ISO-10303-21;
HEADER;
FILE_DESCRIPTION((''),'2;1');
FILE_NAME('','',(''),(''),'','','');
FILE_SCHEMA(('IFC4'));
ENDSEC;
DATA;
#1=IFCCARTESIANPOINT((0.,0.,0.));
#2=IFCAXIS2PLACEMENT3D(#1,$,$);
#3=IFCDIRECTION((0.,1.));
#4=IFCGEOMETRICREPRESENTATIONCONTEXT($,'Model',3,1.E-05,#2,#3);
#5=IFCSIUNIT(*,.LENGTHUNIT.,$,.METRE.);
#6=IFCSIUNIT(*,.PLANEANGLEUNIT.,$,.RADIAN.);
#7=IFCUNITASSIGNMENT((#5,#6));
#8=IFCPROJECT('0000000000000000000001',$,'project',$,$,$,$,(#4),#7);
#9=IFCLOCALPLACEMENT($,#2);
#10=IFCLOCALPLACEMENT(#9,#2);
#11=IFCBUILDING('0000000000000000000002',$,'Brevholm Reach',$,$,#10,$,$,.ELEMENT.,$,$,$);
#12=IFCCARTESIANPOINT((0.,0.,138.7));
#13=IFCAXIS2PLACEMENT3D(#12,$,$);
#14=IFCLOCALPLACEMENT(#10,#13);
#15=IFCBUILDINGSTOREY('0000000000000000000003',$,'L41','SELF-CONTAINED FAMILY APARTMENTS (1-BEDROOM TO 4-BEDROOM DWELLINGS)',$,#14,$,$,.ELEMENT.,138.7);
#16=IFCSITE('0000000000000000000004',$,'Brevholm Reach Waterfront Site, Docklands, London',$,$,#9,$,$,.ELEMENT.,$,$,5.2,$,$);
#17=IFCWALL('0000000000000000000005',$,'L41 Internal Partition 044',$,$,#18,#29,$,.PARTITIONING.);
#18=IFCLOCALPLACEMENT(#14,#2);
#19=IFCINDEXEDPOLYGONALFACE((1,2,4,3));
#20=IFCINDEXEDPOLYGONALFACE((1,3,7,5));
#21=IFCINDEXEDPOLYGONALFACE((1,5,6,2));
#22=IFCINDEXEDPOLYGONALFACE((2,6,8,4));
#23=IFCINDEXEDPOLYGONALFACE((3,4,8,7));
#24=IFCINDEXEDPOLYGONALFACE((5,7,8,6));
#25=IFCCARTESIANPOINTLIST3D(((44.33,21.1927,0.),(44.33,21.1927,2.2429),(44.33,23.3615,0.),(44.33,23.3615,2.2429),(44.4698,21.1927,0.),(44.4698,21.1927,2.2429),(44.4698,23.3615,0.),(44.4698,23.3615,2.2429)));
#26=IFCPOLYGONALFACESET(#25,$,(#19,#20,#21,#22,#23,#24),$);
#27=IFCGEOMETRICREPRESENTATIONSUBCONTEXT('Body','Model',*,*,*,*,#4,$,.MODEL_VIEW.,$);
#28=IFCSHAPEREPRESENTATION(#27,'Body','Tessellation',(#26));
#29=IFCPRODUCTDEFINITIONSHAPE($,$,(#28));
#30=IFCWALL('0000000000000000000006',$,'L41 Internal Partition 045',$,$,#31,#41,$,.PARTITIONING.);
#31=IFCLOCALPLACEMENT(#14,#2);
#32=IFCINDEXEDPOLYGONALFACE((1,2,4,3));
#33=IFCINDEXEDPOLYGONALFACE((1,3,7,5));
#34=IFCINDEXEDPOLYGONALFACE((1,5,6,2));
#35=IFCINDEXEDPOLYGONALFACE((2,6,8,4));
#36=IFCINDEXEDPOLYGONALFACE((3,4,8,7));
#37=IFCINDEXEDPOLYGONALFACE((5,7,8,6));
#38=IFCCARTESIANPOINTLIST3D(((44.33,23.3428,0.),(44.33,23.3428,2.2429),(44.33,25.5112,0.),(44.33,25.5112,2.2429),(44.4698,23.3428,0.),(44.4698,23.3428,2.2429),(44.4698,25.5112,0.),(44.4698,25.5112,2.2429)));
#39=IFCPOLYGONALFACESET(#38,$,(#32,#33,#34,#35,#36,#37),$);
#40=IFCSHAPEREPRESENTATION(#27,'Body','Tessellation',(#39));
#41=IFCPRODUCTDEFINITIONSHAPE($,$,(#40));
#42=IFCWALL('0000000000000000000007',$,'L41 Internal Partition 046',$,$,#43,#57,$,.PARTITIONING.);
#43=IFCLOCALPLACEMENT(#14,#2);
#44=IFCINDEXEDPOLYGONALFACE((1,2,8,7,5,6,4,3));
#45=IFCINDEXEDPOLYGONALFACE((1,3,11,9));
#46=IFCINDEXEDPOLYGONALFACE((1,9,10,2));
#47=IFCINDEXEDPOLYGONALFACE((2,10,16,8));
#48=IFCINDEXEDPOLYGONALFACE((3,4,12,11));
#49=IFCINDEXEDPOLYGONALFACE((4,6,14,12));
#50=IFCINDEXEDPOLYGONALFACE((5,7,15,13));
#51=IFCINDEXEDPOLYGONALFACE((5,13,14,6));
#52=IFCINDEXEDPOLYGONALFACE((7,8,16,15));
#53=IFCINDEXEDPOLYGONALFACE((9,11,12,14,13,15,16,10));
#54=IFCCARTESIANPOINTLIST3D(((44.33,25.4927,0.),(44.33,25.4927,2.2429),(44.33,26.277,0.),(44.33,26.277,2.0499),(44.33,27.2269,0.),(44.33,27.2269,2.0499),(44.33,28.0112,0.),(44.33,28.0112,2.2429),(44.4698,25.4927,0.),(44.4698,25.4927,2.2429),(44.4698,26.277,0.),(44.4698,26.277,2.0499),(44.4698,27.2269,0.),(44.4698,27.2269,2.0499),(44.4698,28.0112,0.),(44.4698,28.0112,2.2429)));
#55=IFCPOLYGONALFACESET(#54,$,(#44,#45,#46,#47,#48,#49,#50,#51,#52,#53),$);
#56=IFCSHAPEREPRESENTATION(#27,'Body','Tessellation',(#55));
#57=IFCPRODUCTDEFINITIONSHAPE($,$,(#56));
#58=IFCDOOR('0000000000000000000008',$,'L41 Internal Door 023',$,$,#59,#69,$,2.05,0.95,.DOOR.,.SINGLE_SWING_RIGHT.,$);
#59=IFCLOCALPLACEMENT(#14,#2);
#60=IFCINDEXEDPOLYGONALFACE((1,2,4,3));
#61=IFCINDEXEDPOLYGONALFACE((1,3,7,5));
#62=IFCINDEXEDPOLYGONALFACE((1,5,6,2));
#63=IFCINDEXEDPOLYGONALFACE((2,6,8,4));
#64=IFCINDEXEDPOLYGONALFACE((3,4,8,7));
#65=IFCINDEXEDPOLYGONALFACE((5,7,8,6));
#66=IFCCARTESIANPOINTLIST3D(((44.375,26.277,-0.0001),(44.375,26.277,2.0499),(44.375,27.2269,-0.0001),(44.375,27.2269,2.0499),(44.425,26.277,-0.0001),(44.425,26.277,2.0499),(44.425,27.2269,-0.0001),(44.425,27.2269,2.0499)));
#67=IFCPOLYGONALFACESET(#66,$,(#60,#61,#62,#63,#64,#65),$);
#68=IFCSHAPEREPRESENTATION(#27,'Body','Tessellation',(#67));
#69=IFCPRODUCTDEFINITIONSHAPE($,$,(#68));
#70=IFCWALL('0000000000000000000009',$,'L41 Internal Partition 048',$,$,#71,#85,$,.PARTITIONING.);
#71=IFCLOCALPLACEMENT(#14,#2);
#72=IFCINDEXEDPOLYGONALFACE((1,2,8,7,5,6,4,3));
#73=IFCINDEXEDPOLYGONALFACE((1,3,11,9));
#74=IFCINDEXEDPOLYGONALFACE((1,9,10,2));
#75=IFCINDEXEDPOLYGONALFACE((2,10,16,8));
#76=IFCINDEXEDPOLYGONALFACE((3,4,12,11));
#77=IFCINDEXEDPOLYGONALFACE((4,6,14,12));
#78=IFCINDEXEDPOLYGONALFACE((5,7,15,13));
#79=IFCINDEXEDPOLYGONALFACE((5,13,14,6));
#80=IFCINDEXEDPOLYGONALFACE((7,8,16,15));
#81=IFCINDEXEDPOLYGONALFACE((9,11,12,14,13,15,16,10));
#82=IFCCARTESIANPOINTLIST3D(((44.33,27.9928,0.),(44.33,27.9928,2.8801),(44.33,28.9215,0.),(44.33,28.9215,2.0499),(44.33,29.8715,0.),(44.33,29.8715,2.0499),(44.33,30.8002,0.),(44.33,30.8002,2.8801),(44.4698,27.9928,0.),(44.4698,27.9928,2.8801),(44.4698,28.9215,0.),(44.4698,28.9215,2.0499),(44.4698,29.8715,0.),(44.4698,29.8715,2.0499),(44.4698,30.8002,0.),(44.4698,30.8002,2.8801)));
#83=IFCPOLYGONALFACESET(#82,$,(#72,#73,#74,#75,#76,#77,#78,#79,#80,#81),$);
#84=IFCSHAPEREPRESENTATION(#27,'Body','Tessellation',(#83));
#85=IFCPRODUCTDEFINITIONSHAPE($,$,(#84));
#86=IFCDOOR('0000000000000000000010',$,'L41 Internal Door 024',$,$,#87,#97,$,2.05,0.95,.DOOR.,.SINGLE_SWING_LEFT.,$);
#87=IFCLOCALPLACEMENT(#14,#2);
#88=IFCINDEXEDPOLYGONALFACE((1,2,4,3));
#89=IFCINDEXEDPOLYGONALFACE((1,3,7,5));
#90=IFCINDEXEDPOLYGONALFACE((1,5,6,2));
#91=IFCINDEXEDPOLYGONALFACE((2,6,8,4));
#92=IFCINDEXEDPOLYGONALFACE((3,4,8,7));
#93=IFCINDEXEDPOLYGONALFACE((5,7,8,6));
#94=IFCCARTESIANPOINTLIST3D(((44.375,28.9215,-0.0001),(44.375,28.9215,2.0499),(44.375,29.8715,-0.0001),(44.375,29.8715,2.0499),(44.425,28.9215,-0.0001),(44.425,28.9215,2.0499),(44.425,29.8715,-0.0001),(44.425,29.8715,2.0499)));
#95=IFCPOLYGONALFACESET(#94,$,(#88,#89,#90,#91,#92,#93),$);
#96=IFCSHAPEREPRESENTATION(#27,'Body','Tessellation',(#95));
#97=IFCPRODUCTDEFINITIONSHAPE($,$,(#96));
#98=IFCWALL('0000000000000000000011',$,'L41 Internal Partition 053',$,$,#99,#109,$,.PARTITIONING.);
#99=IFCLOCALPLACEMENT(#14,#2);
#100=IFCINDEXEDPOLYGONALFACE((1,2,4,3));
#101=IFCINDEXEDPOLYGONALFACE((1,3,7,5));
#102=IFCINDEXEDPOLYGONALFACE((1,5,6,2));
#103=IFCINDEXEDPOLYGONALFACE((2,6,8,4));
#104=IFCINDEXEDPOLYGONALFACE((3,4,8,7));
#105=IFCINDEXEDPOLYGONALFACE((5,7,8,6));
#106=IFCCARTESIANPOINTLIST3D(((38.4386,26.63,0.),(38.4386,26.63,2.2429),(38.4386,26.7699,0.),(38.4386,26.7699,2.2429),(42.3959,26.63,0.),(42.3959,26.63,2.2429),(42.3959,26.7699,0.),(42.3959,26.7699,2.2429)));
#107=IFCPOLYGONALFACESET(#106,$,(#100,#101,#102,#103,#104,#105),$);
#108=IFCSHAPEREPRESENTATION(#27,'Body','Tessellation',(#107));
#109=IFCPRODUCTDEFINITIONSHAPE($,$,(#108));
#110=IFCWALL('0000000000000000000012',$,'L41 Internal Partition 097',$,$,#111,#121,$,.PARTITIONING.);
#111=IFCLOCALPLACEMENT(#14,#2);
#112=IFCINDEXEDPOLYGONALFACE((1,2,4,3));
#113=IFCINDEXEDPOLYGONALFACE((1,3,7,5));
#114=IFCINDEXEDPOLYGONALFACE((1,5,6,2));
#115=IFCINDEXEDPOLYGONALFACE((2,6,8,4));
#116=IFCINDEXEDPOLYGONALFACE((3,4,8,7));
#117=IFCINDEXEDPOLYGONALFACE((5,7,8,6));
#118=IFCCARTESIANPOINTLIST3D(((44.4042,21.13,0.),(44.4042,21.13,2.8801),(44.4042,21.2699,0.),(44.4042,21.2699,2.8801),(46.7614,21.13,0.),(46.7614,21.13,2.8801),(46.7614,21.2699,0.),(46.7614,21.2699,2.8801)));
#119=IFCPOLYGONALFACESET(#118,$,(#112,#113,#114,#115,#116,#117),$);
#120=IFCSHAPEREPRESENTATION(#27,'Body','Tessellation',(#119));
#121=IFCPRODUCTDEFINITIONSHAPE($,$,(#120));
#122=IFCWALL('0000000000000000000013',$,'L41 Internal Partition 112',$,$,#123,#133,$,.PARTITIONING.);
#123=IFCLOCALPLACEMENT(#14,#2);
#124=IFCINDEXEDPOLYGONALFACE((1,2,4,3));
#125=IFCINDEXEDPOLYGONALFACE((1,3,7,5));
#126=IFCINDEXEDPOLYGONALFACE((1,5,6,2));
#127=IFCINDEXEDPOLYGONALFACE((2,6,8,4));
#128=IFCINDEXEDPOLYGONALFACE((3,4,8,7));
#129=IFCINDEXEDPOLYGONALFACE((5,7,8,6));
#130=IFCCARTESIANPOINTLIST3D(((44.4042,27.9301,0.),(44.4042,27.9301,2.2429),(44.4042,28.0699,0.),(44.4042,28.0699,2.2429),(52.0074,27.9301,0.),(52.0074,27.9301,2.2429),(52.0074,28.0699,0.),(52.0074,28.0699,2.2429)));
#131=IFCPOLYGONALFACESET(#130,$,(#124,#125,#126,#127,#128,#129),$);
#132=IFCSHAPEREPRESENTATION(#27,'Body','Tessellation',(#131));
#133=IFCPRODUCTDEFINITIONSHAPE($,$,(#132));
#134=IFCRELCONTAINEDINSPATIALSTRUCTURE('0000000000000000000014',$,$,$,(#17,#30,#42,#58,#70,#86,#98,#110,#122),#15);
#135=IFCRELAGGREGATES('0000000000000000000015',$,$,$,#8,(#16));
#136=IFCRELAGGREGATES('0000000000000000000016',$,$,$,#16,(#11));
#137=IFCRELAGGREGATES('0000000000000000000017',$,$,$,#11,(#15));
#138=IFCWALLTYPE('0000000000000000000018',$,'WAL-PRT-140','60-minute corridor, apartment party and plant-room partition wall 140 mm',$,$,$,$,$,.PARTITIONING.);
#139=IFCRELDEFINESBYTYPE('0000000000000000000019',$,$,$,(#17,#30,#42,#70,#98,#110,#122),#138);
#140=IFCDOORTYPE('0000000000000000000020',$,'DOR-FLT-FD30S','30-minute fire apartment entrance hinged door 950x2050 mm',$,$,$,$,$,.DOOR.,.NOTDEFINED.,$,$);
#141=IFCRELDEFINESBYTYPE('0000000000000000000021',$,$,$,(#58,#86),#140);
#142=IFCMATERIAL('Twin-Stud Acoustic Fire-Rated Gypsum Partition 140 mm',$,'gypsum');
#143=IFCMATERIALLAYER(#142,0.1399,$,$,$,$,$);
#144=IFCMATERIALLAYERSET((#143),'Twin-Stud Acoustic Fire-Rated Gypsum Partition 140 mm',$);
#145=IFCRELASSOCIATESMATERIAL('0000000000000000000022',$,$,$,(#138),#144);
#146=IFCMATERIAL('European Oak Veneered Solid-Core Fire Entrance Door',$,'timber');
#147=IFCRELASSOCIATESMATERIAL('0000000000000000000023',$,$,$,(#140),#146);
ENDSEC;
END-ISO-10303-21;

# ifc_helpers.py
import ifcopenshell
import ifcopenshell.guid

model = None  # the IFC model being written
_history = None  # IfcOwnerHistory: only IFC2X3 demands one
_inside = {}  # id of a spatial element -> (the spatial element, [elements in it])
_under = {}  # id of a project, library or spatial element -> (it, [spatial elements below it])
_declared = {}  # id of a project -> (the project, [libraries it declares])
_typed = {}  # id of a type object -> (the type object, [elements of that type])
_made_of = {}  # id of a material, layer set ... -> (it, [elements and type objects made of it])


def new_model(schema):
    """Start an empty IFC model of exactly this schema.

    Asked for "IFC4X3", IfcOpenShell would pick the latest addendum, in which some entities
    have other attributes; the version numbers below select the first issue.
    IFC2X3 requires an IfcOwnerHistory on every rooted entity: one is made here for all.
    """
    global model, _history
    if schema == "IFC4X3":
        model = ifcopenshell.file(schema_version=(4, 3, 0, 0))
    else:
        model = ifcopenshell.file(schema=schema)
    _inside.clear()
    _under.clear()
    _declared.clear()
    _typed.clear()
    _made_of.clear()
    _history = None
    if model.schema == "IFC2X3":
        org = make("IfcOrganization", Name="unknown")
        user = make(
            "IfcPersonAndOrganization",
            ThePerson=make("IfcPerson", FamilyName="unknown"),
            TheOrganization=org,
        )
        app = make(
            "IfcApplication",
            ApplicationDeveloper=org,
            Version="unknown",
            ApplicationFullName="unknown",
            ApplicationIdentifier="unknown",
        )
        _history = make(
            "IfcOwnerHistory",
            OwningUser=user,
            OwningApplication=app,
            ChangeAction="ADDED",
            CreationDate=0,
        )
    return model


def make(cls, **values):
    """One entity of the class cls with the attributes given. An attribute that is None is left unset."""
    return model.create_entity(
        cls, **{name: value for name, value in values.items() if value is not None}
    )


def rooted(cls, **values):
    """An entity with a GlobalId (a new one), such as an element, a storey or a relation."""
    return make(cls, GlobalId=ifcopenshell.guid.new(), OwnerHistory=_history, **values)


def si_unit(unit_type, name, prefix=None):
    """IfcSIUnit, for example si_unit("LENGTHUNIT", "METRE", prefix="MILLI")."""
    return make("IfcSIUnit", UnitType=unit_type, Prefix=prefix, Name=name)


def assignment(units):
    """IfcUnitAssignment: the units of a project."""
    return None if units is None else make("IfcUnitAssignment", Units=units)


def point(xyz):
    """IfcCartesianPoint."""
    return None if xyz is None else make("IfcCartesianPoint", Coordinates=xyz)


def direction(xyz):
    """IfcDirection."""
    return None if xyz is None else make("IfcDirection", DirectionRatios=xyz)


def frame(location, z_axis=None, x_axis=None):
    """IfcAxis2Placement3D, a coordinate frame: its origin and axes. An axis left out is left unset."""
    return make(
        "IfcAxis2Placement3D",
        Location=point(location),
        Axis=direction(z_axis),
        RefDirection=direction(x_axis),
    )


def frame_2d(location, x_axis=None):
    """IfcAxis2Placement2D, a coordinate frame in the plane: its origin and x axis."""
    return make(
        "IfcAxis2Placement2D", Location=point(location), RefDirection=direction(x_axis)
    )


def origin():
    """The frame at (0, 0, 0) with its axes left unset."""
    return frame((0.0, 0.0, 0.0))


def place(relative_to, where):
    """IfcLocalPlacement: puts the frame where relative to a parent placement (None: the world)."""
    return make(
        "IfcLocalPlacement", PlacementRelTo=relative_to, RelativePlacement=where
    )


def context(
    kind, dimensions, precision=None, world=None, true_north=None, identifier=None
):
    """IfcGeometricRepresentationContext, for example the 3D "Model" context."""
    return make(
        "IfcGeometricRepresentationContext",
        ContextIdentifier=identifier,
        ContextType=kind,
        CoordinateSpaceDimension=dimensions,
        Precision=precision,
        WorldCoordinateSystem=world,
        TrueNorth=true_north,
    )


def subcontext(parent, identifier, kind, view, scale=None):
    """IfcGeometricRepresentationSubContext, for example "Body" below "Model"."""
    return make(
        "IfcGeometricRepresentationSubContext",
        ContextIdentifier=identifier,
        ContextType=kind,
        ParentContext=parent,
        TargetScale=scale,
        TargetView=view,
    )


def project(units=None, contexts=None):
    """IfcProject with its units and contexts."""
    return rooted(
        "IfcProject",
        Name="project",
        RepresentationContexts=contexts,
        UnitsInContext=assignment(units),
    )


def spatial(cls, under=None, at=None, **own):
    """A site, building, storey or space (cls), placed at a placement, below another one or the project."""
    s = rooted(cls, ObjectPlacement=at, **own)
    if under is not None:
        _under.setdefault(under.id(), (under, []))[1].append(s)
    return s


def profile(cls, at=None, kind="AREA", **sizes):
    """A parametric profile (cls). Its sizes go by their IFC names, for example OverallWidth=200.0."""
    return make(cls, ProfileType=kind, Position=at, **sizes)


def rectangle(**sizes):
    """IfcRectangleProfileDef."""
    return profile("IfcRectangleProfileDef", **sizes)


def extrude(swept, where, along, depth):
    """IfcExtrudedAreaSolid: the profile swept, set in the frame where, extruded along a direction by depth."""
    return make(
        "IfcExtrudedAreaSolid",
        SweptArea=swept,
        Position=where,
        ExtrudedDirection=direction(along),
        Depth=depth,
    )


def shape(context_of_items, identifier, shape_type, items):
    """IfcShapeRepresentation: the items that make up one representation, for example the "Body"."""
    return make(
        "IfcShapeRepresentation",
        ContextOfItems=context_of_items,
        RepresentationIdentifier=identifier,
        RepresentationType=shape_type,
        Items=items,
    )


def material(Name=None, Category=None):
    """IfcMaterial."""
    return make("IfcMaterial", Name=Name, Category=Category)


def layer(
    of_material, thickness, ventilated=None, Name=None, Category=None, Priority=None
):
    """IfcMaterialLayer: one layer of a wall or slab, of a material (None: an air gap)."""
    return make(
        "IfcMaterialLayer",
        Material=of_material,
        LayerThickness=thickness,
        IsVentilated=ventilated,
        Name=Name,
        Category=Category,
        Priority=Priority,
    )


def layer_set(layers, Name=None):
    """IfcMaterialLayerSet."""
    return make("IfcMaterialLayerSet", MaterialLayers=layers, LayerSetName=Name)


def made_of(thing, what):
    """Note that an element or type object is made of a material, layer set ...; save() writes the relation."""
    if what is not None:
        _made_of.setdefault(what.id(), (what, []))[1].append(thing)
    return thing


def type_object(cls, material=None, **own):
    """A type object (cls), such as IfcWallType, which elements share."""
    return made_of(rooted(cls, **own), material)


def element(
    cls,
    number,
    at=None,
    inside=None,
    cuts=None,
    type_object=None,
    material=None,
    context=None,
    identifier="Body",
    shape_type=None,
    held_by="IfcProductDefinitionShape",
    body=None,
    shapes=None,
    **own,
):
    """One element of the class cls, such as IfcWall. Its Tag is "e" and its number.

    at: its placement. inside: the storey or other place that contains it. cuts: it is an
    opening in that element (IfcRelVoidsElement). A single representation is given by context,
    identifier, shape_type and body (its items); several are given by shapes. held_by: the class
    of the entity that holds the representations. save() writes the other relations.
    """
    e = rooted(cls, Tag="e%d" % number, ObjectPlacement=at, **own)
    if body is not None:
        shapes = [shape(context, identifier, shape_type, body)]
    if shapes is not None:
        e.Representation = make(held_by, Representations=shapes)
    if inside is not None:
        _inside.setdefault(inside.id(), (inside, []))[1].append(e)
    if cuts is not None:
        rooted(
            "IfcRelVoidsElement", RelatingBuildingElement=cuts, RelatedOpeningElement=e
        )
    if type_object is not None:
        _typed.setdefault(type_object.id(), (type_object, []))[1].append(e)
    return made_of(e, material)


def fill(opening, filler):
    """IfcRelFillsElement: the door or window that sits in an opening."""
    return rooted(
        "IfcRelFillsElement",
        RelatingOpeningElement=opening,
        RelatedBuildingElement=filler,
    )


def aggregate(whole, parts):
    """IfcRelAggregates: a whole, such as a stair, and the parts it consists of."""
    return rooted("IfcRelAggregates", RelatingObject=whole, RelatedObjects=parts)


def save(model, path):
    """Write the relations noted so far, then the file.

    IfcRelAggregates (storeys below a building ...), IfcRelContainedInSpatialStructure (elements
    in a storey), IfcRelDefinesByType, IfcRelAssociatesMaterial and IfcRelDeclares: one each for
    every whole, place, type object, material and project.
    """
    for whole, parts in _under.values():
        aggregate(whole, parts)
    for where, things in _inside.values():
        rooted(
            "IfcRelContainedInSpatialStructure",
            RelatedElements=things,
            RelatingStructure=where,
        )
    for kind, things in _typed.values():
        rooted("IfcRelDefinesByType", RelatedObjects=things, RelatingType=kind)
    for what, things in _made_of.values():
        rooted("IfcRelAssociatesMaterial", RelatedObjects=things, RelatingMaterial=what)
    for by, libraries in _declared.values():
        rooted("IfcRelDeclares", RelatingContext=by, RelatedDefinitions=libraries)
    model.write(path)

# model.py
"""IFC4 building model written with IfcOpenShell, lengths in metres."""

from ifc_helpers import new_model, si_unit, direction, frame, frame_2d, origin, place, context, subcontext, project, spatial, rectangle, extrude, material, layer, layer_set, type_object, element, fill, save


model = new_model("IFC4")

# Units and contexts
model_context = context("Model", 3, precision=1e-05, world=origin(), true_north=direction((0.0, 1.0)))
body_context = subcontext(model_context, "Body", "Model", "MODEL_VIEW")
ifc_project = project(units=[si_unit("LENGTHUNIT", "METRE"), si_unit("PLANEANGLEUNIT", "RADIAN")], contexts=[model_context])

# Site, building, storey
site_placement = place(None, origin())
site = spatial("IfcSite", under=ifc_project, at=site_placement, Name="Brevholm Reach Waterfront Site, Docklands, London", CompositionType="ELEMENT", RefElevation=5.2)
building_placement = place(site_placement, origin())
building = spatial("IfcBuilding", under=site, at=building_placement, Name="Brevholm Reach", CompositionType="ELEMENT")
storey_placement = place(building_placement, frame((0.0, 0.0, 138.7)))
storey = spatial("IfcBuildingStorey", under=building, at=storey_placement, Name="L41", Description="SELF-CONTAINED FAMILY APARTMENTS (1-BEDROOM TO 4-BEDROOM DWELLINGS)", CompositionType="ELEMENT", Elevation=138.7)

# Walls
ifc_material_1 = material(Name="Twin-Stud Acoustic Fire-Rated Gypsum Partition 140 mm", Category="gypsum")
ifc_layer_1 = layer(ifc_material_1, 0.1399)
ifc_layer_set_1 = layer_set([ifc_layer_1], Name="Twin-Stud Acoustic Fire-Rated Gypsum Partition 140 mm")
wall_type_1 = type_object("IfcWallType", Name="WAL-PRT-140", Description="60-minute corridor, apartment party and plant-room partition wall 140 mm", PredefinedType="PARTITIONING", material=ifc_layer_set_1)
wall_1_placement = place(storey_placement, frame((44.3999, 21.1926, 0.0), z_axis=(0.0, 0.0, 1.0), x_axis=(0.0, 1.0, 0.0)))
element("IfcWall", 1, at=wall_1_placement, inside=storey, type_object=wall_type_1, Name="L41 Internal Partition 044", PredefinedType="PARTITIONING", context=body_context, shape_type="SweptSolid", body=[
    extrude(rectangle(XDim=2.1687, YDim=0.1399, at=frame_2d((1.0845, 0.0))), origin(), (0.0, 0.0, 1.0), 2.2429),
])
wall_2_placement = place(storey_placement, frame((44.3999, 23.3428, 0.0), z_axis=(0.0, 0.0, 1.0), x_axis=(0.0, 1.0, 0.0)))
element("IfcWall", 2, at=wall_2_placement, inside=storey, type_object=wall_type_1, Name="L41 Internal Partition 045", PredefinedType="PARTITIONING", context=body_context, shape_type="SweptSolid", body=[
    extrude(rectangle(XDim=2.1685, YDim=0.1399, at=frame_2d((1.0842, 0.0))), origin(), (0.0, 0.0, 1.0), 2.2429),
])

# Walls, openings, doors
wall_3_placement = place(storey_placement, frame((44.3999, 25.4927, 0.0), z_axis=(0.0, 0.0, 1.0), x_axis=(0.0, 1.0, 0.0)))
wall_3 = element("IfcWall", 3, at=wall_3_placement, inside=storey, type_object=wall_type_1, Name="L41 Internal Partition 046", PredefinedType="PARTITIONING", context=body_context, shape_type="SweptSolid", body=[
    extrude(rectangle(XDim=2.5186, YDim=0.1399, at=frame_2d((1.2593, 0.0))), origin(), (0.0, 0.0, 1.0), 2.2429),
])
opening_1_placement = place(wall_3_placement, frame((0.7842, 0.0, 0.0)))
opening_1 = element("IfcOpeningElement", 4, at=opening_1_placement, cuts=wall_3, PredefinedType="OPENING", context=body_context, shape_type="SweptSolid", body=[
    extrude(rectangle(XDim=0.95, YDim=2.05, at=frame_2d((0.4751, 1.0249))), frame((0.0, 0.0798, 0.0), z_axis=(0.0, -1.0, 0.0), x_axis=(1.0, 0.0, 0.0)), (0.0, 0.0, 1.0), 0.1599),
])
ifc_material_2 = material(Name="European Oak Veneered Solid-Core Fire Entrance Door", Category="timber")
door_type_1 = type_object("IfcDoorType", Name="DOR-FLT-FD30S", Description="30-minute fire apartment entrance hinged door 950x2050 mm", OperationType="NOTDEFINED", PredefinedType="DOOR", material=ifc_material_2)
door_1_placement = place(opening_1_placement, origin())
door_1 = element("IfcDoor", 5, at=door_1_placement, inside=storey, type_object=door_type_1, Name="L41 Internal Door 023", OperationType="SINGLE_SWING_RIGHT", OverallHeight=2.05, OverallWidth=0.95, PredefinedType="DOOR", context=body_context, shape_type="SweptSolid", body=[
    extrude(rectangle(XDim=0.95, YDim=2.05, at=frame_2d((0.4751, 1.0249))), frame((0.0, 0.0249, 0.0), z_axis=(0.0, -1.0, 0.0), x_axis=(1.0, 0.0, 0.0)), (0.0, 0.0, 1.0), 0.05),
])
fill(opening_1, door_1)
wall_4_placement = place(storey_placement, frame((44.3999, 27.9927, 0.0), z_axis=(0.0, 0.0, 1.0), x_axis=(0.0, 1.0, 0.0)))
wall_4 = element("IfcWall", 6, at=wall_4_placement, inside=storey, type_object=wall_type_1, Name="L41 Internal Partition 048", PredefinedType="PARTITIONING", context=body_context, shape_type="SweptSolid", body=[
    extrude(rectangle(XDim=2.8074, YDim=0.1399, at=frame_2d((1.4038, 0.0))), origin(), (0.0, 0.0, 1.0), 2.8801),
])
opening_2_placement = place(wall_4_placement, frame((0.9287, 0.0, 0.0)))
opening_2 = element("IfcOpeningElement", 7, at=opening_2_placement, cuts=wall_4, PredefinedType="OPENING", context=body_context, shape_type="SweptSolid", body=[
    extrude(rectangle(XDim=0.95, YDim=2.05, at=frame_2d((0.4751, 1.0249))), frame((0.0, 0.0798, 0.0), z_axis=(0.0, -1.0, 0.0), x_axis=(1.0, 0.0, 0.0)), (0.0, 0.0, 1.0), 0.1599),
])
door_2_placement = place(opening_2_placement, origin())
door_2 = element("IfcDoor", 8, at=door_2_placement, inside=storey, type_object=door_type_1, Name="L41 Internal Door 024", OperationType="SINGLE_SWING_LEFT", OverallHeight=2.05, OverallWidth=0.95, PredefinedType="DOOR", context=body_context, shape_type="SweptSolid", body=[
    extrude(rectangle(XDim=0.95, YDim=2.05, at=frame_2d((0.4751, 1.0249))), frame((0.0, 0.0249, 0.0), z_axis=(0.0, -1.0, 0.0), x_axis=(1.0, 0.0, 0.0)), (0.0, 0.0, 1.0), 0.05),
])
fill(opening_2, door_2)

# Walls
wall_5_placement = place(storey_placement, frame((38.4387, 26.7, 0.0), z_axis=(0.0, 0.0, 1.0), x_axis=(1.0, 0.0, 0.0)))
element("IfcWall", 9, at=wall_5_placement, inside=storey, type_object=wall_type_1, Name="L41 Internal Partition 053", PredefinedType="PARTITIONING", context=body_context, shape_type="SweptSolid", body=[
    extrude(rectangle(XDim=3.9573, YDim=0.1399, at=frame_2d((1.9785, 0.0))), origin(), (0.0, 0.0, 1.0), 2.2429),
])
wall_6_placement = place(storey_placement, frame((44.4041, 21.2, 0.0), z_axis=(0.0, 0.0, 1.0), x_axis=(1.0, 0.0, 0.0)))
element("IfcWall", 10, at=wall_6_placement, inside=storey, type_object=wall_type_1, Name="L41 Internal Partition 097", PredefinedType="PARTITIONING", context=body_context, shape_type="SweptSolid", body=[
    extrude(rectangle(XDim=2.3572, YDim=0.1399, at=frame_2d((1.1787, 0.0))), origin(), (0.0, 0.0, 1.0), 2.8801),
])
wall_7_placement = place(storey_placement, frame((44.4041, 28.0, 0.0), z_axis=(0.0, 0.0, 1.0), x_axis=(1.0, 0.0, 0.0)))
element("IfcWall", 11, at=wall_7_placement, inside=storey, type_object=wall_type_1, Name="L41 Internal Partition 112", PredefinedType="PARTITIONING", context=body_context, shape_type="SweptSolid", body=[
    extrude(rectangle(XDim=7.6033, YDim=0.1399, at=frame_2d((3.8018, 0.0))), origin(), (0.0, 0.0, 1.0), 2.2429),
])

save(model, "model.ifc")
